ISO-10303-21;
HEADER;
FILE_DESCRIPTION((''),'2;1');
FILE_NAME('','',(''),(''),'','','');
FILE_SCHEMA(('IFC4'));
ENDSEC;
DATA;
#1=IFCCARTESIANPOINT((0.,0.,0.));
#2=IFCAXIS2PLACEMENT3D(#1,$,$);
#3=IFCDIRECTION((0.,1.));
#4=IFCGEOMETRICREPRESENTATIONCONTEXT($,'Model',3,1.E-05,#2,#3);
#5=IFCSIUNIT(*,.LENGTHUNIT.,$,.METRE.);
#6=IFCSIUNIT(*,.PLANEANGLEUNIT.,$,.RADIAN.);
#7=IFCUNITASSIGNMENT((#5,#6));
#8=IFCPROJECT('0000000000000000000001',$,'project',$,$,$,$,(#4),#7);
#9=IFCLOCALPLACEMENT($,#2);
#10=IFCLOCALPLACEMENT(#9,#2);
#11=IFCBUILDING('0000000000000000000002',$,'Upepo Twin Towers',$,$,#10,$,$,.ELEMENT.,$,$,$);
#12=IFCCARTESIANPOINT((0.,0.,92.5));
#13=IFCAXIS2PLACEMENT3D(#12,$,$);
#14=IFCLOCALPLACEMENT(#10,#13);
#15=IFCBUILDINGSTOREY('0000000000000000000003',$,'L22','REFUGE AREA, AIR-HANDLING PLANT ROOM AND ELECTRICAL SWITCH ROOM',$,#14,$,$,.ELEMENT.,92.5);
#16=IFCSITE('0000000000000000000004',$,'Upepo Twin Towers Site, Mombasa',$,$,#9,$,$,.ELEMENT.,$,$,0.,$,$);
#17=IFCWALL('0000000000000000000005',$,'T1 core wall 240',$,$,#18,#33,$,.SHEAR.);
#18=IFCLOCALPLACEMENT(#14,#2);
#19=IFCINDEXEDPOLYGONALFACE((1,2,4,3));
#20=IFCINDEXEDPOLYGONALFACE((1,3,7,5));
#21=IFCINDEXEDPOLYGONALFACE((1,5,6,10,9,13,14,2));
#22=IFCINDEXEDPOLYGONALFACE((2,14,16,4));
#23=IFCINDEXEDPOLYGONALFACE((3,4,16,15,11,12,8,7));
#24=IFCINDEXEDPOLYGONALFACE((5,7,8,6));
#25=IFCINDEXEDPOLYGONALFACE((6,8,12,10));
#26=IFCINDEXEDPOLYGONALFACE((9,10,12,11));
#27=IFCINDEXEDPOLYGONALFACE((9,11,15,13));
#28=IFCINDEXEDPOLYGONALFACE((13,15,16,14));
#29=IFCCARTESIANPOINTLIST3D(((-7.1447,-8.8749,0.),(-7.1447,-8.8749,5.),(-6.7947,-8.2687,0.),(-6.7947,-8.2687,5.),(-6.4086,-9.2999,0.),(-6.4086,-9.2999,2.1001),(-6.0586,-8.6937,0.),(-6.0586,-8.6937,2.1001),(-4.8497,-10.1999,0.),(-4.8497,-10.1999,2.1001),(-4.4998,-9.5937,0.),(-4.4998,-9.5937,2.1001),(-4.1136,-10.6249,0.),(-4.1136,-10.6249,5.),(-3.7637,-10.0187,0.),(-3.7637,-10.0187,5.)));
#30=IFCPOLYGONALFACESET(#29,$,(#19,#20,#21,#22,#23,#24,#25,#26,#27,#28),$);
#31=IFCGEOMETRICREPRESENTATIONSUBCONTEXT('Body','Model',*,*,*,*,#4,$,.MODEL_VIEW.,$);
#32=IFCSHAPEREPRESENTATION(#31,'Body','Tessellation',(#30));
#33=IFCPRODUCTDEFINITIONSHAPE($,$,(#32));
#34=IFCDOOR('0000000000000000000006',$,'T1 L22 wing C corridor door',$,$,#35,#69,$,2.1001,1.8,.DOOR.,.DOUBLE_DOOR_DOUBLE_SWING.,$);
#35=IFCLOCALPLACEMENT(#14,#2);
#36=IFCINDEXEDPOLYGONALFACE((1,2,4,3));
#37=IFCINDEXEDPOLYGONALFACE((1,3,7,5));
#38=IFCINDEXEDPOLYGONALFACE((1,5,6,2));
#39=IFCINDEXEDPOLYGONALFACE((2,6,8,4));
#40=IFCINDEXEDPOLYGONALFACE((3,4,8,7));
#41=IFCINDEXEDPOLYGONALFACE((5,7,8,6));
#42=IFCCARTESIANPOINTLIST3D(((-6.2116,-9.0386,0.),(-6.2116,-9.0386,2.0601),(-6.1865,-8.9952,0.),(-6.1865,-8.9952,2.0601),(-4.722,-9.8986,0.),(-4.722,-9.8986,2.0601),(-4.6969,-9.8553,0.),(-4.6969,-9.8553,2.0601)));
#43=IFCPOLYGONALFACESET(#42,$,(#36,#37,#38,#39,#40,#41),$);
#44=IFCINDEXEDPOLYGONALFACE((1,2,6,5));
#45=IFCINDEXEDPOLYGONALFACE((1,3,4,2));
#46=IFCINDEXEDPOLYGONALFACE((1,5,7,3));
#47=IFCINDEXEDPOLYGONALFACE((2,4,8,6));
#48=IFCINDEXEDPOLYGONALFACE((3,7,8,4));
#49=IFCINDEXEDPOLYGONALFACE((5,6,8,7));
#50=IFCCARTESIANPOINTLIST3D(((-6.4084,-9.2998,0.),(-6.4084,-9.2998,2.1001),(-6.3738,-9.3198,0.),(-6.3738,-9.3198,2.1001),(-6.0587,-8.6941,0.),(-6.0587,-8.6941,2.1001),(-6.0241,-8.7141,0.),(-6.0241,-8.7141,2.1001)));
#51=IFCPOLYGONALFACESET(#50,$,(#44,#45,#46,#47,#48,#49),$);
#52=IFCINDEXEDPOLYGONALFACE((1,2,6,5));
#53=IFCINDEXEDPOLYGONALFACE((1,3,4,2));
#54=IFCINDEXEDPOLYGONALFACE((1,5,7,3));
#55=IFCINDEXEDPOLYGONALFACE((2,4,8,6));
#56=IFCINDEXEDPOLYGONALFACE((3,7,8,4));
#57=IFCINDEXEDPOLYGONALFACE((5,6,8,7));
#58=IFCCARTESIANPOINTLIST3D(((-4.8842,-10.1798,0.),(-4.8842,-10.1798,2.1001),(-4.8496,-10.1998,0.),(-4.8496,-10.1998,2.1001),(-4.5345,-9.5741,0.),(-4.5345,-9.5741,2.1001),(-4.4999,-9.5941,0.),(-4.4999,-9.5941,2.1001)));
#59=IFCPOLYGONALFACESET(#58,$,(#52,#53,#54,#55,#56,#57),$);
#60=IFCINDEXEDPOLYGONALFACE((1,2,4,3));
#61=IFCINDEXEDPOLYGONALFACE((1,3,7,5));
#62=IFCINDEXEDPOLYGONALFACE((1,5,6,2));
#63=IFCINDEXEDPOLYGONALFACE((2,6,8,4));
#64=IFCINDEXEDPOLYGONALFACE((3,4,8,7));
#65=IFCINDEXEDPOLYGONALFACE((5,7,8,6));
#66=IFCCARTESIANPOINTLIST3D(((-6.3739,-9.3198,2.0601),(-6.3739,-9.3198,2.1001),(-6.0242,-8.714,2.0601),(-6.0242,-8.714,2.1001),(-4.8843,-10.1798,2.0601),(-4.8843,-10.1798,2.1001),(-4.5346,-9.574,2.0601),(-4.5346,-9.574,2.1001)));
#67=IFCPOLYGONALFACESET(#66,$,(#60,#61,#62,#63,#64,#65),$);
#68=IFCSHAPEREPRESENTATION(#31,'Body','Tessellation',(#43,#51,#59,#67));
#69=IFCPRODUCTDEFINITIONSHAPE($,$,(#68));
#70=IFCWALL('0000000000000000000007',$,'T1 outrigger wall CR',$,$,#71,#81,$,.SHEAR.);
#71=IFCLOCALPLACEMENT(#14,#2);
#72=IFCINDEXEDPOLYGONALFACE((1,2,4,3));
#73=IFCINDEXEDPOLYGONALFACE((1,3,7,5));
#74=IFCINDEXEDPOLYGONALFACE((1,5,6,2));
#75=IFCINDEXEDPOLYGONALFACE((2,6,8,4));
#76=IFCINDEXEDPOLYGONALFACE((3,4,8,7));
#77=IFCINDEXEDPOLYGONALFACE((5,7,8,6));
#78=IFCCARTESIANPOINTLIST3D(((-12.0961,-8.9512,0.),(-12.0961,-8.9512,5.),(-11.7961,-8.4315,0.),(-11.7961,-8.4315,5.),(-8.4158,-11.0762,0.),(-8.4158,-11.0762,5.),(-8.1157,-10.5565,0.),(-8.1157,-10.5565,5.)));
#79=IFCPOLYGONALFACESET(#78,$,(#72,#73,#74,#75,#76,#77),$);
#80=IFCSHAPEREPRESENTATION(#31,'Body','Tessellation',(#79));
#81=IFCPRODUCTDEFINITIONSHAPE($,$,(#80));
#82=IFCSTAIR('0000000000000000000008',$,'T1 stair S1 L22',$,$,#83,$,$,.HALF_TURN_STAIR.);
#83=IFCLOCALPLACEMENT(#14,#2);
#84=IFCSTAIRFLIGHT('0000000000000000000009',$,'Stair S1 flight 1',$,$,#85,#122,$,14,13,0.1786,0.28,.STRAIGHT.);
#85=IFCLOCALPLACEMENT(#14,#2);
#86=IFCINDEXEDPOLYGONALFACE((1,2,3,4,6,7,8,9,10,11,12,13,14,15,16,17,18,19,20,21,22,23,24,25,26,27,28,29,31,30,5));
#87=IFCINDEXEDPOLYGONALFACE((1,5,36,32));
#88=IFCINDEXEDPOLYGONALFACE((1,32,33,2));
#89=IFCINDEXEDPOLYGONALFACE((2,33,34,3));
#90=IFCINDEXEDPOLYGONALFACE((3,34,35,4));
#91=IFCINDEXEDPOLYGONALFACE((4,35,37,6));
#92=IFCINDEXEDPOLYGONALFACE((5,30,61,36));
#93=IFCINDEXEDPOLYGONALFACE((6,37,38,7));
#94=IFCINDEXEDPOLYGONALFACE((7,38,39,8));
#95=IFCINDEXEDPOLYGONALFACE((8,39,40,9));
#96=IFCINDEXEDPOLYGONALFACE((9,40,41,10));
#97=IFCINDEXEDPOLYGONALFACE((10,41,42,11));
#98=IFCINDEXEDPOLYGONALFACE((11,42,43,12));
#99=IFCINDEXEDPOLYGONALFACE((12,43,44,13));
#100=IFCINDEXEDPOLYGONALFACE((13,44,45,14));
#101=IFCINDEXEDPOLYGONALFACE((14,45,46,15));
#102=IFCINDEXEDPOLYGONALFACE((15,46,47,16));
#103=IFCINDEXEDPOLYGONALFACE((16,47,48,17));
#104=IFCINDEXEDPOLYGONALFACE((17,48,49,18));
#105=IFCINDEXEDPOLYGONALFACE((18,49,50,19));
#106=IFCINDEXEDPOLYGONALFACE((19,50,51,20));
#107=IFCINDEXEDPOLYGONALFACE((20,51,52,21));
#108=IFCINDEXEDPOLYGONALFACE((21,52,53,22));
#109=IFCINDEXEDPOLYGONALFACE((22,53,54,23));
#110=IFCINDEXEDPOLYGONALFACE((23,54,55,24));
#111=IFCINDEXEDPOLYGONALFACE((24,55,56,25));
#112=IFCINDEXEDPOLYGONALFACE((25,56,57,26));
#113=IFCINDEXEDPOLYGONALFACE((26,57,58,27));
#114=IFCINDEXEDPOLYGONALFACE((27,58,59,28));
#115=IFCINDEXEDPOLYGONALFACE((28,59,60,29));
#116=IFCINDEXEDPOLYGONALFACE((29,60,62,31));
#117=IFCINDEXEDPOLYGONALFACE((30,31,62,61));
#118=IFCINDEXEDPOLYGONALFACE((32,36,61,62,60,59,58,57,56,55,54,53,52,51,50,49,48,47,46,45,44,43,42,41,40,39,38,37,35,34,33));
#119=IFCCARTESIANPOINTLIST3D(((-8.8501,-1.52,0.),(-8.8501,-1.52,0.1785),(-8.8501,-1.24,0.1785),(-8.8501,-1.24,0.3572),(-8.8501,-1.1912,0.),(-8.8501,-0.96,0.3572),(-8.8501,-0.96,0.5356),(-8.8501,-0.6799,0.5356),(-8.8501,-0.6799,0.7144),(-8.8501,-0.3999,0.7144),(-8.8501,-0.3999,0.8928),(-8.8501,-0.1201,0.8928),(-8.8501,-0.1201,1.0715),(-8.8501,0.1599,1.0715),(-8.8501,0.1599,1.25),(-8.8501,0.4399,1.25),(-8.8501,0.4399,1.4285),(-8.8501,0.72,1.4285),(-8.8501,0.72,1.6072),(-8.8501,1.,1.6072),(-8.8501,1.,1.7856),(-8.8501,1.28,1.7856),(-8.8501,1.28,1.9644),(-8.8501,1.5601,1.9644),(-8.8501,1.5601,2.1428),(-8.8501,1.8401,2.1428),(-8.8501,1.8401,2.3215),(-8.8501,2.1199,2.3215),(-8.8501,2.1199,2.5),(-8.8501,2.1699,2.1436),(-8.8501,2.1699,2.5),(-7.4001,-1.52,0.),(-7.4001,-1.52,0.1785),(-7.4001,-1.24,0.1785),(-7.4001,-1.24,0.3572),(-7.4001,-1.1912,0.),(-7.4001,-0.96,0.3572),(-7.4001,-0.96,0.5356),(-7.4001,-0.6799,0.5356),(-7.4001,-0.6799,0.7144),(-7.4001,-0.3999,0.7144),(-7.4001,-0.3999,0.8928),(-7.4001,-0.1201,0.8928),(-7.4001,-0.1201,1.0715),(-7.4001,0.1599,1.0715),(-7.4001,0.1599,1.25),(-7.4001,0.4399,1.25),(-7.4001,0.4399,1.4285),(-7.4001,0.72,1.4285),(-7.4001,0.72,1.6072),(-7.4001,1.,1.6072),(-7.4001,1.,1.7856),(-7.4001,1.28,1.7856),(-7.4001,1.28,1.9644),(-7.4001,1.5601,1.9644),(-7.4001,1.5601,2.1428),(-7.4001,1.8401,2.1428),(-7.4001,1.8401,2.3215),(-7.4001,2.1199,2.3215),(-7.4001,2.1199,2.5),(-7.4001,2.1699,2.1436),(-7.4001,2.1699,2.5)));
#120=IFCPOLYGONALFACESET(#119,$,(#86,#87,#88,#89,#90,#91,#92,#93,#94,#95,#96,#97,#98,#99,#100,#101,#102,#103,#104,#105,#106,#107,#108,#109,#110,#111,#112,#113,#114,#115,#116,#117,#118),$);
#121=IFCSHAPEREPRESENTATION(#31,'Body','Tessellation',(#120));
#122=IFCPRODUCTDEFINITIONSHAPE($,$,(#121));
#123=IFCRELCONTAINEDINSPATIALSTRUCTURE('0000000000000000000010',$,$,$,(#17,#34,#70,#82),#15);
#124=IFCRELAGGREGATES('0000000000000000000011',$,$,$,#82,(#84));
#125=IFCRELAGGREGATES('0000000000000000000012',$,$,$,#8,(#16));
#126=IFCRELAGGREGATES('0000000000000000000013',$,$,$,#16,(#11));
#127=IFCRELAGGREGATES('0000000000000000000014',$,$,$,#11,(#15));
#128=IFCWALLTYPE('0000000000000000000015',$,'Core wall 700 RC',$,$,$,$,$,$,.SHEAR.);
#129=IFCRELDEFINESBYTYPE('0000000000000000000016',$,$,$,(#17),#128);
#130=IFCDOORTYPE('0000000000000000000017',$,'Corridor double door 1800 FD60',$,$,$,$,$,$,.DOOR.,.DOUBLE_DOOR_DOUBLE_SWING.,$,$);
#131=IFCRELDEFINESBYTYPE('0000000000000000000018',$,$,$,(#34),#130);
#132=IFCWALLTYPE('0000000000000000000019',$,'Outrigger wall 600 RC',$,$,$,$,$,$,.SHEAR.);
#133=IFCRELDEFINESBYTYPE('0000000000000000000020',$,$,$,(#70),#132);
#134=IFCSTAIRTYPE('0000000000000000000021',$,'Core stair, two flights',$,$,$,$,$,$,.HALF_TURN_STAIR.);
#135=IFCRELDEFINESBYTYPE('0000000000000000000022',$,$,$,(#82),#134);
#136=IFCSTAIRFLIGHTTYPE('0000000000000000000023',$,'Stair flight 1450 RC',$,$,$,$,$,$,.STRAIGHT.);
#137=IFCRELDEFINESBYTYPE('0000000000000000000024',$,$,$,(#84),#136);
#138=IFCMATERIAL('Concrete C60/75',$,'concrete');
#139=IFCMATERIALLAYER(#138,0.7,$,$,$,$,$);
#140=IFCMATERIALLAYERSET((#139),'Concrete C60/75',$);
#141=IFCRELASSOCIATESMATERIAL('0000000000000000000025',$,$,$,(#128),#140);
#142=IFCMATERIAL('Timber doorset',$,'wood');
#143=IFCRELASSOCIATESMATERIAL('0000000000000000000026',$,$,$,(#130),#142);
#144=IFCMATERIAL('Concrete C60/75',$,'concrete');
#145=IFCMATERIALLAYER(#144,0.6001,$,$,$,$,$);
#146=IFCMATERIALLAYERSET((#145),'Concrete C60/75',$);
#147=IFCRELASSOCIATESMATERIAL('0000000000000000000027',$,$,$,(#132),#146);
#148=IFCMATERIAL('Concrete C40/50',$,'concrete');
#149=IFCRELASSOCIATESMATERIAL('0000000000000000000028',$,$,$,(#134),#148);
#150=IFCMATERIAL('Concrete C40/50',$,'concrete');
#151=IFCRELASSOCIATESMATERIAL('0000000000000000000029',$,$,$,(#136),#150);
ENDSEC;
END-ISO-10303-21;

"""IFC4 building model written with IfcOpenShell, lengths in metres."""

from ifc_helpers import new_model, si_unit, direction, frame, frame_2d, origin, place, context, subcontext, project, spatial, polyline, rectangle, outline, extrude, material, layer, layer_set, type_object, element, fill, aggregate, save


model = new_model("IFC4")

# Units and contexts
model_context = context("Model", 3, precision=1e-05, world=origin(), true_north=direction((0.0, 1.0)))
body_context = subcontext(model_context, "Body", "Model", "MODEL_VIEW")
ifc_project = project(units=[si_unit("LENGTHUNIT", "METRE"), si_unit("PLANEANGLEUNIT", "RADIAN")], contexts=[model_context])

# Site, building, storey
site_placement = place(None, origin())
site = spatial("IfcSite", under=ifc_project, at=site_placement, Name="Upepo Twin Towers Site, Mombasa", CompositionType="ELEMENT", RefElevation=0.0)
building_placement = place(site_placement, origin())
building = spatial("IfcBuilding", under=site, at=building_placement, Name="Upepo Twin Towers", CompositionType="ELEMENT")
storey_placement = place(building_placement, frame((0.0, 0.0, 92.5)))
storey = spatial("IfcBuildingStorey", under=building, at=storey_placement, Name="L22", Description="REFUGE AREA, AIR-HANDLING PLANT ROOM AND ELECTRICAL SWITCH ROOM", CompositionType="ELEMENT", Elevation=92.5)

# Shared definitions
ifc_material_1 = material(Name="Concrete C60/75", Category="concrete")
ifc_layer_1 = layer(ifc_material_1, 0.7)
ifc_layer_set_1 = layer_set([ifc_layer_1], Name="Concrete C60/75")
wall_type_1 = type_object("IfcWallType", Name="Core wall 700 RC", PredefinedType="SHEAR", material=ifc_layer_set_1)

# Wall, opening, door
wall_1_placement = place(storey_placement, frame((-6.9697, -8.5718, 0.0), z_axis=(0.0, 0.0, 1.0), x_axis=(0.866019, -0.50001, 0.0)))
wall_1 = element("IfcWall", 1, at=wall_1_placement, inside=storey, type_object=wall_type_1, Name="T1 core wall 240", PredefinedType="SHEAR", context=body_context, shape_type="SweptSolid", body=[
    extrude(rectangle(XDim=3.5, YDim=0.7, at=frame_2d((1.75, 0.0))), origin(), (0.0, 0.0, 1.0), 5.0),
])
opening_1_placement = place(wall_1_placement, frame((0.8501, 0.0, 0.0)))
opening_1 = element("IfcOpeningElement", 2, at=opening_1_placement, cuts=wall_1, PredefinedType="OPENING", context=body_context, shape_type="SweptSolid", body=[
    extrude(rectangle(XDim=1.8, YDim=2.1001, at=frame_2d((0.8999, 1.05))), frame((0.0, 0.3599, 0.0), z_axis=(0.0, -1.0, 0.0), x_axis=(1.0, 0.0, 0.0)), (0.0, 0.0, 1.0), 0.72),
])
ifc_material_2 = material(Name="Timber doorset", Category="wood")
door_type_1 = type_object("IfcDoorType", Name="Corridor double door 1800 FD60", OperationType="DOUBLE_DOOR_DOUBLE_SWING", PredefinedType="DOOR", material=ifc_material_2)
door_1_placement = place(opening_1_placement, origin())
door_1 = element("IfcDoor", 3, at=door_1_placement, inside=storey, type_object=door_type_1, Name="T1 L22 wing C corridor door", OperationType="DOUBLE_DOOR_DOUBLE_SWING", OverallHeight=2.1001, OverallWidth=1.8, PredefinedType="DOOR", context=body_context, shape_type="SweptSolid", body=[
    extrude(rectangle(XDim=1.72, YDim=2.0601, at=frame_2d((0.8999, 1.03))), frame((0.0, 0.0249, 0.0), z_axis=(0.0, -1.0, 0.0), x_axis=(1.0, 0.0, 0.0)), (0.0, 0.0, 1.0), 0.05),
    extrude(rectangle(XDim=0.04, YDim=2.1001, at=frame_2d((0.02, 1.05))), frame((0.0, 0.3496, 0.0), z_axis=(0.0, -1.0, 0.0), x_axis=(1.0, 0.0, 0.0)), (0.0, 0.0, 1.0), 0.6995),
    extrude(rectangle(XDim=0.04, YDim=2.1001, at=frame_2d((1.78, 1.05))), frame((0.0, 0.3496, 0.0), z_axis=(0.0, -1.0, 0.0), x_axis=(1.0, 0.0, 0.0)), (0.0, 0.0, 1.0), 0.6995),
    extrude(rectangle(XDim=1.72, YDim=0.04, at=frame_2d((0.8999, 2.0801))), frame((0.0, 0.3496, 0.0), z_axis=(0.0, -1.0, 0.0), x_axis=(1.0, 0.0, 0.0)), (0.0, 0.0, 1.0), 0.6995),
])
fill(opening_1, door_1)

# Wall
ifc_material_3 = material(Name="Concrete C60/75", Category="concrete")
ifc_layer_2 = layer(ifc_material_3, 0.6001)
ifc_layer_set_2 = layer_set([ifc_layer_2], Name="Concrete C60/75")
wall_type_2 = type_object("IfcWallType", Name="Outrigger wall 600 RC", PredefinedType="SHEAR", material=ifc_layer_set_2)
wall_2_placement = place(storey_placement, frame((-8.2656, -10.8164, 0.0), z_axis=(0.0, 0.0, 1.0), x_axis=(-0.866014, 0.500019, 0.0)))
element("IfcWall", 4, at=wall_2_placement, inside=storey, type_object=wall_type_2, Name="T1 outrigger wall CR", PredefinedType="SHEAR", context=body_context, shape_type="SweptSolid", body=[
    extrude(rectangle(XDim=4.2498, YDim=0.6001, at=frame_2d((2.125, 0.0))), origin(), (0.0, 0.0, 1.0), 5.0),
])

# Stair, stair flight
ifc_material_4 = material(Name="Concrete C40/50", Category="concrete")
stair_type = type_object("IfcStairType", Name="Core stair, two flights", PredefinedType="HALF_TURN_STAIR", material=ifc_material_4)
stair_placement = place(storey_placement, origin())
stair = element("IfcStair", 5, at=stair_placement, inside=storey, type_object=stair_type, Name="T1 stair S1 L22", PredefinedType="HALF_TURN_STAIR")
ifc_material_5 = material(Name="Concrete C40/50", Category="concrete")
stair_flight_type = type_object("IfcStairFlightType", Name="Stair flight 1450 RC", PredefinedType="STRAIGHT", material=ifc_material_5)
stair_flight_placement = place(storey_placement, frame((-8.125, -1.52, 0.0), z_axis=(0.0, 0.0, 1.0), x_axis=(0.0, 1.0, 0.0)))
stair_flight = element("IfcStairFlight", 6, at=stair_flight_placement, type_object=stair_flight_type, Name="Stair S1 flight 1", NumberOfRisers=14, NumberOfTreads=13, PredefinedType="STRAIGHT", RiserHeight=0.1786, TreadLength=0.28, context=body_context, shape_type="SweptSolid", body=[
    extrude(outline(polyline([(0.0, 0.0), (0.0, 0.1785), (0.28, 0.1785), (0.28, 0.3572), (0.5601, 0.3572), (0.5601, 0.5356), (0.8401, 0.5356), (0.8401, 0.7144), (1.1201, 0.7144), (1.1201, 0.8928), (1.3999, 0.8928), (1.3999, 1.0715), (1.6799, 1.0715), (1.6799, 1.25), (1.96, 1.25), (1.96, 1.4285), (2.24, 1.4285), (2.24, 1.6072), (2.52, 1.6072), (2.52, 1.7856), (2.8, 1.7856), (2.8, 1.9644), (3.0801, 1.9644), (3.0801, 2.1428), (3.3601, 2.1428), (3.3601, 2.3215), (3.6399, 2.3215), (3.6399, 2.5), (3.6899, 2.5), (3.6899, 2.1436), (0.3289, 0.0), (0.0, 0.0)])), frame((0.0, 0.7251, 0.0), z_axis=(0.0, -1.0, 0.0), x_axis=(1.0, 0.0, 0.0)), (0.0, 0.0, 1.0), 1.45),
])
aggregate(stair, [stair_flight])

save(model, "model.ifc")
